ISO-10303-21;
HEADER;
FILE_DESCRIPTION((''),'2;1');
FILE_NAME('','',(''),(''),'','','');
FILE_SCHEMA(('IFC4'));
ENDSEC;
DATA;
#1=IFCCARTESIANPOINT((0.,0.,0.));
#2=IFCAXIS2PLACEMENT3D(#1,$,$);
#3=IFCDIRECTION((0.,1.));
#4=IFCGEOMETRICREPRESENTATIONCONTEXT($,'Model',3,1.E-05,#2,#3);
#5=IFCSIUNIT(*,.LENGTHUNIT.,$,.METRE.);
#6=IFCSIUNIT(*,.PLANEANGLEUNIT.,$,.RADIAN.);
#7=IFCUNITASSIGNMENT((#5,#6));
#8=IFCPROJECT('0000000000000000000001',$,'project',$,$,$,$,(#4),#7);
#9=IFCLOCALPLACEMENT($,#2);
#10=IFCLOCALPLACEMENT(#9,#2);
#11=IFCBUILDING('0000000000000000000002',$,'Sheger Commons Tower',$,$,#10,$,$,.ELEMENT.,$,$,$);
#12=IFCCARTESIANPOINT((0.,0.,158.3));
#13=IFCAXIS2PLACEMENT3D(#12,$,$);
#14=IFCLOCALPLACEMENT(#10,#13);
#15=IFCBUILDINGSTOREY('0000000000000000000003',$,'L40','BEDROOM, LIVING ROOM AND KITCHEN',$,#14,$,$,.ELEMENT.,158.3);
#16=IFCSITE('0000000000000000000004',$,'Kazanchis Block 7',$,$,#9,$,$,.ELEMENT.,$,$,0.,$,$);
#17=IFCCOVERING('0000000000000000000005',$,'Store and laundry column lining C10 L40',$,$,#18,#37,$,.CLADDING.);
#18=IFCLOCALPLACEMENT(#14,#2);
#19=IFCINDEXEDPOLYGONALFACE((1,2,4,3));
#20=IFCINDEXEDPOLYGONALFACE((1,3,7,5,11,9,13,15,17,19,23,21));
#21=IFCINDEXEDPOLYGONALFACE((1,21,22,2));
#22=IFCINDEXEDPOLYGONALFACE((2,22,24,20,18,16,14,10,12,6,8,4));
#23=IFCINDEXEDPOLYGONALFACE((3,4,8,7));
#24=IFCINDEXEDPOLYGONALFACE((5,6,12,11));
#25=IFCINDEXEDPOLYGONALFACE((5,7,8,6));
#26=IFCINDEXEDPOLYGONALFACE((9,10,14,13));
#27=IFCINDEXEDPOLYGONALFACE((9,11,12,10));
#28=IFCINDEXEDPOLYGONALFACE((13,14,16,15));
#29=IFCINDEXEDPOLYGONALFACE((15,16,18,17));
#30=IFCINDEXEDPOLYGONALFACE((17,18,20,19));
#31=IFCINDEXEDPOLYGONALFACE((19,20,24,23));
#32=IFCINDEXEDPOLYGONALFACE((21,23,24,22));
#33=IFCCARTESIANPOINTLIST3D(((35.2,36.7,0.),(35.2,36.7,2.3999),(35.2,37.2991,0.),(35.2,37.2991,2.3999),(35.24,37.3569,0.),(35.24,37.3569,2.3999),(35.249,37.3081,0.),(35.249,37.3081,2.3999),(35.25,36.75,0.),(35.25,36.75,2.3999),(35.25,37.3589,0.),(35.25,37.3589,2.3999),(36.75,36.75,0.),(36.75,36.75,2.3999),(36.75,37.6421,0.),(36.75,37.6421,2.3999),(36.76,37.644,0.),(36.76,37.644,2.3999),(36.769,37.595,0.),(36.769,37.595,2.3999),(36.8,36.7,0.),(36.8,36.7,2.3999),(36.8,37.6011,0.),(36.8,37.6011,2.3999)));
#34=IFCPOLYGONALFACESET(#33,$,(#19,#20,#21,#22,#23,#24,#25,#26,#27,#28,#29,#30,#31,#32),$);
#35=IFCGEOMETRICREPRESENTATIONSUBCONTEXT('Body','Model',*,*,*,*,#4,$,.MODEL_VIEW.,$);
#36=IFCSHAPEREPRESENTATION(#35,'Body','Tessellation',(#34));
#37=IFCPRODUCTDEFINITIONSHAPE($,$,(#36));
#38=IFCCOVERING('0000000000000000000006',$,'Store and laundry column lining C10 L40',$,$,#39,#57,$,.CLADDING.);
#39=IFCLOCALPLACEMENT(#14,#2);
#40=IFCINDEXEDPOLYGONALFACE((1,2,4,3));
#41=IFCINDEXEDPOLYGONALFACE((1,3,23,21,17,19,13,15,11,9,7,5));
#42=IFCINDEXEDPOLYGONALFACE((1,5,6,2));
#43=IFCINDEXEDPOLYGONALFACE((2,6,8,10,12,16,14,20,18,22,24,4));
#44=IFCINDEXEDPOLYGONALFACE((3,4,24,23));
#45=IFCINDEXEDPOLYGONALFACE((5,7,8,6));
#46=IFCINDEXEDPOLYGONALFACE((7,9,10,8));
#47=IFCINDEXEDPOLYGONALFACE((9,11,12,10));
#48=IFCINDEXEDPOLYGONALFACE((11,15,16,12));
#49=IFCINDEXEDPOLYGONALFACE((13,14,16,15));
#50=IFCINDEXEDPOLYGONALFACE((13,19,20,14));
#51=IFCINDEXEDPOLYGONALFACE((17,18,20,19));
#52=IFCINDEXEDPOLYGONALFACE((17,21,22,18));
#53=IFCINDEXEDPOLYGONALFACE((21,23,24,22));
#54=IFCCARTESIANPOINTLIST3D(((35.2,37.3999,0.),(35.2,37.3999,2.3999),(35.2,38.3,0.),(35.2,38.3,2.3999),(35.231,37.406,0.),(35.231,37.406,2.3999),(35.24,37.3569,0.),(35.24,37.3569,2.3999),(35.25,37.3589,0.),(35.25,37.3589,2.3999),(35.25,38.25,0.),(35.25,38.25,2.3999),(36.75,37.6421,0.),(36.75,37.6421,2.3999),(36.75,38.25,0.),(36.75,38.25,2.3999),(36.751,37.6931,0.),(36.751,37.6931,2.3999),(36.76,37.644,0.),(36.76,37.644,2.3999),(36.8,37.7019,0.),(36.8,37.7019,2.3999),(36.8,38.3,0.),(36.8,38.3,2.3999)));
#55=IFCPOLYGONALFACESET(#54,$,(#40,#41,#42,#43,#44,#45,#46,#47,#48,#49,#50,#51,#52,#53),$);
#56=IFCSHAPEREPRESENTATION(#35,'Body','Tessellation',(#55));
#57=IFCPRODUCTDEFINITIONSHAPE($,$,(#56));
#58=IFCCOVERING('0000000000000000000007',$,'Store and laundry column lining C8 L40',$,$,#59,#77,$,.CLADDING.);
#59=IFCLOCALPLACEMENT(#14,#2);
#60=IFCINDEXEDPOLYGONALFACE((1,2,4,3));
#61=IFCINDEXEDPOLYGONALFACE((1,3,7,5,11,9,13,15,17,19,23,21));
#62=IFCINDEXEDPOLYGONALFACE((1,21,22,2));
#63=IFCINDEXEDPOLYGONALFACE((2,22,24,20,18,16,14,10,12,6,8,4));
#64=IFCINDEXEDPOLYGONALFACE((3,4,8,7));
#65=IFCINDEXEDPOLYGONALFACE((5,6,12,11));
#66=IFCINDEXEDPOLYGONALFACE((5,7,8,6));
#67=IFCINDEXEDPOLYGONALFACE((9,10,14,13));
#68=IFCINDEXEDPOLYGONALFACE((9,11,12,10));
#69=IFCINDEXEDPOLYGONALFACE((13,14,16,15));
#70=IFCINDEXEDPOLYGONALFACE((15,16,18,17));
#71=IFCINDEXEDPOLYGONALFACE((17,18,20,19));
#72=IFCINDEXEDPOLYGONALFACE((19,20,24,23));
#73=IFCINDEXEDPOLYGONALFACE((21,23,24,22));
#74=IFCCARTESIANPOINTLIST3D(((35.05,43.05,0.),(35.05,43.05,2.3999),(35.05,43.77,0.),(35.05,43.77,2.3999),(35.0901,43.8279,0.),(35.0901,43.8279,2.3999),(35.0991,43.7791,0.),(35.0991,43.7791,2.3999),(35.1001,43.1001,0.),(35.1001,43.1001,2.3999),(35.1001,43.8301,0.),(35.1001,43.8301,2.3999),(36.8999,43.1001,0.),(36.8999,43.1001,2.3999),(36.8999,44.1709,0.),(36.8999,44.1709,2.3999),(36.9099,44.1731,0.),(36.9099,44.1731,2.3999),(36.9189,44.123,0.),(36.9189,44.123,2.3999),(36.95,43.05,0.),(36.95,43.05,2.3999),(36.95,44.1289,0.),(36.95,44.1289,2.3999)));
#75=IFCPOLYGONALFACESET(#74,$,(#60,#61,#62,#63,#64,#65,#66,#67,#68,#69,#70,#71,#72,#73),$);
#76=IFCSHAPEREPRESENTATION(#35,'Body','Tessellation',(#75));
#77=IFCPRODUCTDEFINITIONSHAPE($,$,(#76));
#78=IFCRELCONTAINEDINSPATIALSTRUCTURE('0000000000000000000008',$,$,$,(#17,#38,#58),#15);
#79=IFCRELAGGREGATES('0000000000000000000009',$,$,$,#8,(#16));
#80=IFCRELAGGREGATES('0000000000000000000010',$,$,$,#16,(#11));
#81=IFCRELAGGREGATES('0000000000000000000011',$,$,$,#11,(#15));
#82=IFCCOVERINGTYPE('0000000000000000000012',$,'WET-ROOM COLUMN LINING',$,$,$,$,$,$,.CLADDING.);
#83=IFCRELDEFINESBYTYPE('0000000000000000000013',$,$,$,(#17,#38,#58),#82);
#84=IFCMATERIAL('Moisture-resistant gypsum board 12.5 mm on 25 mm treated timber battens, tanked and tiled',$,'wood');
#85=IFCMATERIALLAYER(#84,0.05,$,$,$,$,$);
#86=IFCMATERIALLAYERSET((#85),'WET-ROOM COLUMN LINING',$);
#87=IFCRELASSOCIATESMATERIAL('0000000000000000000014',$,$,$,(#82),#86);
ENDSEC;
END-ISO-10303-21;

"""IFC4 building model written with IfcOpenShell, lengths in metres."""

from ifc_helpers import new_model, si_unit, direction, frame, origin, place, context, subcontext, project, spatial, polyline, outline, extrude, material, layer, layer_set, type_object, element, save


model = new_model("IFC4")

# Units and contexts
model_context = context("Model", 3, precision=1e-05, world=origin(), true_north=direction((0.0, 1.0)))
body_context = subcontext(model_context, "Body", "Model", "MODEL_VIEW")
ifc_project = project(units=[si_unit("LENGTHUNIT", "METRE"), si_unit("PLANEANGLEUNIT", "RADIAN")], contexts=[model_context])

# Site, building, storey
site_placement = place(None, origin())
site = spatial("IfcSite", under=ifc_project, at=site_placement, Name="Kazanchis Block 7", CompositionType="ELEMENT", RefElevation=0.0)
building_placement = place(site_placement, origin())
building = spatial("IfcBuilding", under=site, at=building_placement, Name="Sheger Commons Tower", CompositionType="ELEMENT")
storey_placement = place(building_placement, frame((0.0, 0.0, 158.3)))
storey = spatial("IfcBuildingStorey", under=building, at=storey_placement, Name="L40", Description="BEDROOM, LIVING ROOM AND KITCHEN", CompositionType="ELEMENT", Elevation=158.3)

# Coverings
ifc_material_1 = material(Name="Moisture-resistant gypsum board 12.5 mm on 25 mm treated timber battens, tanked and tiled", Category="wood")
ifc_layer_1 = layer(ifc_material_1, 0.05)
ifc_layer_set_1 = layer_set([ifc_layer_1], Name="WET-ROOM COLUMN LINING")
covering_type_1 = type_object("IfcCoveringType", Name="WET-ROOM COLUMN LINING", PredefinedType="CLADDING", material=ifc_layer_set_1)
covering_1_placement = place(storey_placement, origin())
element("IfcCovering", 1, at=covering_1_placement, inside=storey, type_object=covering_type_1, Name="Store and laundry column lining C10 L40", PredefinedType="CLADDING", context=body_context, shape_type="SweptSolid", body=[
    extrude(outline(polyline([(35.25, 37.3589), (35.25, 36.75), (36.75, 36.75), (36.75, 37.6421), (36.76, 37.644), (36.769, 37.595), (36.8, 37.6011), (36.8, 36.7), (35.2, 36.7), (35.2, 37.2991), (35.249, 37.3081), (35.24, 37.3569), (35.25, 37.3589)])), origin(), (0.0, 0.0, 1.0), 2.3999),
])
covering_2_placement = place(storey_placement, origin())
element("IfcCovering", 2, at=covering_2_placement, inside=storey, type_object=covering_type_1, Name="Store and laundry column lining C10 L40", PredefinedType="CLADDING", context=body_context, shape_type="SweptSolid", body=[
    extrude(outline(polyline([(36.8, 38.3), (36.8, 37.7019), (36.751, 37.6931), (36.76, 37.644), (36.75, 37.6421), (36.75, 38.25), (35.25, 38.25), (35.25, 37.3589), (35.24, 37.3569), (35.231, 37.406), (35.2, 37.3999), (35.2, 38.3), (36.8, 38.3)])), origin(), (0.0, 0.0, 1.0), 2.3999),
])
covering_3_placement = place(storey_placement, origin())
element("IfcCovering", 3, at=covering_3_placement, inside=storey, type_object=covering_type_1, Name="Store and laundry column lining C8 L40", PredefinedType="CLADDING", context=body_context, shape_type="SweptSolid", body=[
    extrude(outline(polyline([(35.1001, 43.8301), (35.1001, 43.1001), (36.8999, 43.1001), (36.8999, 44.1709), (36.9099, 44.1731), (36.9189, 44.123), (36.95, 44.1289), (36.95, 43.05), (35.05, 43.05), (35.05, 43.77), (35.0991, 43.7791), (35.0901, 43.8279), (35.1001, 43.8301)])), origin(), (0.0, 0.0, 1.0), 2.3999),
])

save(model, "model.ifc")
